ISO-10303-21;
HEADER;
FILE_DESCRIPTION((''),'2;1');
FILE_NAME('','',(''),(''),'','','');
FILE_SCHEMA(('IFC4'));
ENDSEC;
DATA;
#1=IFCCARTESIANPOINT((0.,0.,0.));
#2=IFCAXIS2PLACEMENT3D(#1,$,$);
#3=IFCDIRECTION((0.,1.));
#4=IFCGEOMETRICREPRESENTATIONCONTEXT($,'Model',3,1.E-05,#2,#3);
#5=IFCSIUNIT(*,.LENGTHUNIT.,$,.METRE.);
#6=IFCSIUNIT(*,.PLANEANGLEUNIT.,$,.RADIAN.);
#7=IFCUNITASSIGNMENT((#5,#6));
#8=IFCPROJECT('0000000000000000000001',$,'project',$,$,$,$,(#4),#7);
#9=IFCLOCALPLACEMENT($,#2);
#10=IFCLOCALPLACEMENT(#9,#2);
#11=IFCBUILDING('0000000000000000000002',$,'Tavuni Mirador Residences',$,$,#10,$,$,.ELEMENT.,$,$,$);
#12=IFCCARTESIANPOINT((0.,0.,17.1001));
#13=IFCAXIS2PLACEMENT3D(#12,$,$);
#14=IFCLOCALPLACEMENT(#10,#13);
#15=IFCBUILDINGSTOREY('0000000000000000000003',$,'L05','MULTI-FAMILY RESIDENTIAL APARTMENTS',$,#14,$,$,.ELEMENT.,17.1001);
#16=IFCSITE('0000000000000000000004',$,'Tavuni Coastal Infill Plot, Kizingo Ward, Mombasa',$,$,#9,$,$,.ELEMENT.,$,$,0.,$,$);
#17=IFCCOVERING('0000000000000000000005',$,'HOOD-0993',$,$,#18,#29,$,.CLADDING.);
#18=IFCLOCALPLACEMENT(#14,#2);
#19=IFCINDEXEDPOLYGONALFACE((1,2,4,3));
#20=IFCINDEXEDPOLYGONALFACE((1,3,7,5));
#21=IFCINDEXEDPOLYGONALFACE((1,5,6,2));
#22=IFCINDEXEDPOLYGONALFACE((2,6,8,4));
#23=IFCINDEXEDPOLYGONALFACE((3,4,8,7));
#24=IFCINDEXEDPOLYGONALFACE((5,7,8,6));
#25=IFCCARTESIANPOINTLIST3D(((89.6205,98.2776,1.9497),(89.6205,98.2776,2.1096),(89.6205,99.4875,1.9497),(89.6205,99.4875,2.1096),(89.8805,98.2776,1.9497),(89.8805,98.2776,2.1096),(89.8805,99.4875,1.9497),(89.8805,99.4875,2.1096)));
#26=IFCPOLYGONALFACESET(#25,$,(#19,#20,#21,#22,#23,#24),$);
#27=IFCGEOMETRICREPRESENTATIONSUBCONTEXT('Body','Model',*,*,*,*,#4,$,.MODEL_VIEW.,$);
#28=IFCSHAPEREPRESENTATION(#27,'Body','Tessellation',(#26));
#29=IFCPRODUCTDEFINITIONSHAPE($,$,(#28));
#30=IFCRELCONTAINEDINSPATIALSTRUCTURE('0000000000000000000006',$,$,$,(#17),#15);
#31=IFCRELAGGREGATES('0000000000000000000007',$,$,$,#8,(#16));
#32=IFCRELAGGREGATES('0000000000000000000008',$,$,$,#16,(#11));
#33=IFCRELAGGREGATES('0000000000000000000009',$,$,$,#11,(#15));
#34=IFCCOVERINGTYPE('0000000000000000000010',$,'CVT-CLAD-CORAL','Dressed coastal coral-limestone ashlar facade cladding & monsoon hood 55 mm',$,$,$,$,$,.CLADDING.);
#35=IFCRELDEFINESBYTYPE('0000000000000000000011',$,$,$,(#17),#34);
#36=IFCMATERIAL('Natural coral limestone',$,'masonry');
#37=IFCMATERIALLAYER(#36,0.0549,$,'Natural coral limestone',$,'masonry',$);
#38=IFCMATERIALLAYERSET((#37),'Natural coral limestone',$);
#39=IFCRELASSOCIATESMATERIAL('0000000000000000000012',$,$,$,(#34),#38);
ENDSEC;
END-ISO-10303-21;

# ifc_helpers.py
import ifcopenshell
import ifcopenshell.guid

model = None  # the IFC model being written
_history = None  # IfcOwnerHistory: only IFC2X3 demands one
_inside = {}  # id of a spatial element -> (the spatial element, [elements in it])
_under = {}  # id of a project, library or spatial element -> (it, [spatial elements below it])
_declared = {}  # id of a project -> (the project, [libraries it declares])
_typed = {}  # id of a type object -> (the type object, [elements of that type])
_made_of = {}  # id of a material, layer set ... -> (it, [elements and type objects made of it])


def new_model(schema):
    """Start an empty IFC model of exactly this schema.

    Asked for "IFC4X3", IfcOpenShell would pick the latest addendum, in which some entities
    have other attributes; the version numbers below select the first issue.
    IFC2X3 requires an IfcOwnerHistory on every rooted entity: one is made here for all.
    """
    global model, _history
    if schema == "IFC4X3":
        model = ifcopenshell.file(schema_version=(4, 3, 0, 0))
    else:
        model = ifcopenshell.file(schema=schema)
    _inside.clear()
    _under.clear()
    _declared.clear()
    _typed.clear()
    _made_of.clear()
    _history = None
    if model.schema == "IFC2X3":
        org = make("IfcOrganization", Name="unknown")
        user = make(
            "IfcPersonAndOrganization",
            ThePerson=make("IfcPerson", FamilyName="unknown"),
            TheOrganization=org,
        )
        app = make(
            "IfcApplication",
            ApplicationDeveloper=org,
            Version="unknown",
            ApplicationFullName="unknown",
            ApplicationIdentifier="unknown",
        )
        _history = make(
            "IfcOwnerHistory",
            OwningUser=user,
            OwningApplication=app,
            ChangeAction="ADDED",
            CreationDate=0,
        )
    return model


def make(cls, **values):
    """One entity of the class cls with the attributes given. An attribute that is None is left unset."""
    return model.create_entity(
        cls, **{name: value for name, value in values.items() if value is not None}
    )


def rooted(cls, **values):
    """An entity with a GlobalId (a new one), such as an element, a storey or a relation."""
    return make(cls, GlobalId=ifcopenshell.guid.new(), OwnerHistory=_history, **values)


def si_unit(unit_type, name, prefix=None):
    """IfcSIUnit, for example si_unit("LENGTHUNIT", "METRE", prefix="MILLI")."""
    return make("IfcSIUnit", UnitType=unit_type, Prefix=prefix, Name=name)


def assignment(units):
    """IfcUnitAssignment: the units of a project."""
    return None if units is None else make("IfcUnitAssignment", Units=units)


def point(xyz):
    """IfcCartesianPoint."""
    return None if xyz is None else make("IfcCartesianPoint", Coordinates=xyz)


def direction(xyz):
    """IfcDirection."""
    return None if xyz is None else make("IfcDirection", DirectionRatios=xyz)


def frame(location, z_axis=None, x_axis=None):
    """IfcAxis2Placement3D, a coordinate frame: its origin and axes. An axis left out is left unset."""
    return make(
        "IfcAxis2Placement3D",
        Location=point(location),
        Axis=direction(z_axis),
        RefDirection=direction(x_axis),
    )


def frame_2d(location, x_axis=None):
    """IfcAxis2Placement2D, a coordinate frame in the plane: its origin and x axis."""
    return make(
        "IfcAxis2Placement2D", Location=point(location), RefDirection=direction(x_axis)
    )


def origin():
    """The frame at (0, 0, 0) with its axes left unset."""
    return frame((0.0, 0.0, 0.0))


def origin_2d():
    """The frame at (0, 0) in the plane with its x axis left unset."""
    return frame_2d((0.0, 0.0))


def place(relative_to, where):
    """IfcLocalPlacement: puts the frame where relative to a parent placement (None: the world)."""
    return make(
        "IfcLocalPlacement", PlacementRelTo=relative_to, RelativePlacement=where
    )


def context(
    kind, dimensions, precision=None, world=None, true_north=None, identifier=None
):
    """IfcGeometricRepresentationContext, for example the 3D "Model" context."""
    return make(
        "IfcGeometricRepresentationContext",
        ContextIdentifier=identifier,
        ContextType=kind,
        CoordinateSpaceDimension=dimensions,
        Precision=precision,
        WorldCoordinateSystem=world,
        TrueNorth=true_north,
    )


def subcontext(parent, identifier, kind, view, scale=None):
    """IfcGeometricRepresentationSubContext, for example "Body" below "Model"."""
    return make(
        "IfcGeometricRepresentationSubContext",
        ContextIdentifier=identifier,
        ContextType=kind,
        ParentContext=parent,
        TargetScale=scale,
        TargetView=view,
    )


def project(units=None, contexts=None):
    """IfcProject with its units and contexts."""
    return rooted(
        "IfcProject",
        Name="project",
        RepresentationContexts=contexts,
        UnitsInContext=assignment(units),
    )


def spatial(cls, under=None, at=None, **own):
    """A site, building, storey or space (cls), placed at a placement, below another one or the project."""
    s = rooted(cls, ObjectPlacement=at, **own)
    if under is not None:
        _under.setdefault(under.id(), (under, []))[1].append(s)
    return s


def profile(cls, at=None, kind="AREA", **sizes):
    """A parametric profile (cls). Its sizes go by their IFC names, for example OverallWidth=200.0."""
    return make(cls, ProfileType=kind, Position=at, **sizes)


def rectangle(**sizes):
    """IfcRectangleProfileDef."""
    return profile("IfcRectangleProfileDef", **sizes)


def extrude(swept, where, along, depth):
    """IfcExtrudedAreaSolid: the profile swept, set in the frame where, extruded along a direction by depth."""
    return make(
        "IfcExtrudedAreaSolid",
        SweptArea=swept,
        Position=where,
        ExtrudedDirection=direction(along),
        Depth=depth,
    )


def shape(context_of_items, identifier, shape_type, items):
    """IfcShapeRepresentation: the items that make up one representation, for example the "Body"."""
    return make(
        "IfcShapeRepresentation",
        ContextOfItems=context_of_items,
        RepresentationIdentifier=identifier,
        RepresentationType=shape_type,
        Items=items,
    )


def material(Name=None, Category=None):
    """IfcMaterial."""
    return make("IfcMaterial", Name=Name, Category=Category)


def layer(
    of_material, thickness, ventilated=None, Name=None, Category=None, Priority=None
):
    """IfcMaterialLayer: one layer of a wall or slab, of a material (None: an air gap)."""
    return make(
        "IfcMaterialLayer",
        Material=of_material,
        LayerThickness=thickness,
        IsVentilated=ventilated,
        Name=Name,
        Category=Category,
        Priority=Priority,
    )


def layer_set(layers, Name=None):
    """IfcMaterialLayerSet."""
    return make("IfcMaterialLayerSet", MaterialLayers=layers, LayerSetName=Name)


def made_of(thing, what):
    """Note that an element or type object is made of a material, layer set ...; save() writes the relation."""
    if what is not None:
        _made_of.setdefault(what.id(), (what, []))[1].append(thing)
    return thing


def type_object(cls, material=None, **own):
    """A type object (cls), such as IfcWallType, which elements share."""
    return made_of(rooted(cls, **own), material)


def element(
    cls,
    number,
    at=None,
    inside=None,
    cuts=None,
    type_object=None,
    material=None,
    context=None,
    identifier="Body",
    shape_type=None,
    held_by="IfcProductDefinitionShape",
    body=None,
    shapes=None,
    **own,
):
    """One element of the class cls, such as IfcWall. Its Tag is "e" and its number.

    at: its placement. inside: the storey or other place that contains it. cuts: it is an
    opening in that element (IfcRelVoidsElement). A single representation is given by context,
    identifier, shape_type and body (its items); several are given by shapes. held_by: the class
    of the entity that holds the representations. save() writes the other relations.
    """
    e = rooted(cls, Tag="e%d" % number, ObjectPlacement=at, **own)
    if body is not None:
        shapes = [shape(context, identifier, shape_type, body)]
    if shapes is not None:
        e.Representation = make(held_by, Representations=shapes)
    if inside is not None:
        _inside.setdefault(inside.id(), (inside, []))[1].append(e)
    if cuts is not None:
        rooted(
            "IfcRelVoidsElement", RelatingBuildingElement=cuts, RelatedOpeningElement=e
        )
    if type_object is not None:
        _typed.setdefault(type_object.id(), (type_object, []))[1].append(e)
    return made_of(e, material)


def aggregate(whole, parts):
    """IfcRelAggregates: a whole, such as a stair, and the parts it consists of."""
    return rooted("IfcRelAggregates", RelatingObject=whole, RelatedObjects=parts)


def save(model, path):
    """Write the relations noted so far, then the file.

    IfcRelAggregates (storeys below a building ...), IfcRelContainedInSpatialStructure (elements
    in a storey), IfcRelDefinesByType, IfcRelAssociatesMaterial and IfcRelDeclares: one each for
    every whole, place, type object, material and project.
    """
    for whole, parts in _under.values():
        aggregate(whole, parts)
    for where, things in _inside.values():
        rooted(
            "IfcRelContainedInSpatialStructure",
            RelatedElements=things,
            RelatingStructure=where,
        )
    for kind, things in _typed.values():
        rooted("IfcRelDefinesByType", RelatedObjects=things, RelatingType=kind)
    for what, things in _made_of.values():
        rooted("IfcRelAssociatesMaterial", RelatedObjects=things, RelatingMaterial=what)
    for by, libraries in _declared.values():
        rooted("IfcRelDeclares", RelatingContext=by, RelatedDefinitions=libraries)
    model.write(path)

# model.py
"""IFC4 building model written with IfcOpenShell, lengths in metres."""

from ifc_helpers import new_model, si_unit, direction, frame, origin, origin_2d, place, context, subcontext, project, spatial, rectangle, extrude, material, layer, layer_set, type_object, element, save


model = new_model("IFC4")

# Units and contexts
model_context = context("Model", 3, precision=1e-05, world=origin(), true_north=direction((0.0, 1.0)))
body_context = subcontext(model_context, "Body", "Model", "MODEL_VIEW")
ifc_project = project(units=[si_unit("LENGTHUNIT", "METRE"), si_unit("PLANEANGLEUNIT", "RADIAN")], contexts=[model_context])

# Site, building, storey
site_placement = place(None, origin())
site = spatial("IfcSite", under=ifc_project, at=site_placement, Name="Tavuni Coastal Infill Plot, Kizingo Ward, Mombasa", CompositionType="ELEMENT", RefElevation=0.0)
building_placement = place(site_placement, origin())
building = spatial("IfcBuilding", under=site, at=building_placement, Name="Tavuni Mirador Residences", CompositionType="ELEMENT")
storey_placement = place(building_placement, frame((0.0, 0.0, 17.1001)))
storey = spatial("IfcBuildingStorey", under=building, at=storey_placement, Name="L05", Description="MULTI-FAMILY RESIDENTIAL APARTMENTS", CompositionType="ELEMENT", Elevation=17.1001)

# Covering
ifc_material_1 = material(Name="Natural coral limestone", Category="masonry")
ifc_layer_1 = layer(ifc_material_1, 0.0549, Name="Natural coral limestone", Category="masonry")
ifc_layer_set_1 = layer_set([ifc_layer_1], Name="Natural coral limestone")
covering_type = type_object("IfcCoveringType", Name="CVT-CLAD-CORAL", Description="Dressed coastal coral-limestone ashlar facade cladding & monsoon hood 55 mm", PredefinedType="CLADDING", material=ifc_layer_set_1)
covering_placement = place(storey_placement, frame((89.7505, 98.8826, 1.9497), z_axis=(0.0, 0.0, 1.0), x_axis=(0.0, -1.0, 0.0)))
element("IfcCovering", 1, at=covering_placement, inside=storey, type_object=covering_type, Name="HOOD-0993", PredefinedType="CLADDING", context=body_context, shape_type="SweptSolid", body=[
    extrude(rectangle(XDim=1.21, YDim=0.26, at=origin_2d()), origin(), (0.0, 0.0, 1.0), 0.1599),
])

save(model, "model.ifc")
